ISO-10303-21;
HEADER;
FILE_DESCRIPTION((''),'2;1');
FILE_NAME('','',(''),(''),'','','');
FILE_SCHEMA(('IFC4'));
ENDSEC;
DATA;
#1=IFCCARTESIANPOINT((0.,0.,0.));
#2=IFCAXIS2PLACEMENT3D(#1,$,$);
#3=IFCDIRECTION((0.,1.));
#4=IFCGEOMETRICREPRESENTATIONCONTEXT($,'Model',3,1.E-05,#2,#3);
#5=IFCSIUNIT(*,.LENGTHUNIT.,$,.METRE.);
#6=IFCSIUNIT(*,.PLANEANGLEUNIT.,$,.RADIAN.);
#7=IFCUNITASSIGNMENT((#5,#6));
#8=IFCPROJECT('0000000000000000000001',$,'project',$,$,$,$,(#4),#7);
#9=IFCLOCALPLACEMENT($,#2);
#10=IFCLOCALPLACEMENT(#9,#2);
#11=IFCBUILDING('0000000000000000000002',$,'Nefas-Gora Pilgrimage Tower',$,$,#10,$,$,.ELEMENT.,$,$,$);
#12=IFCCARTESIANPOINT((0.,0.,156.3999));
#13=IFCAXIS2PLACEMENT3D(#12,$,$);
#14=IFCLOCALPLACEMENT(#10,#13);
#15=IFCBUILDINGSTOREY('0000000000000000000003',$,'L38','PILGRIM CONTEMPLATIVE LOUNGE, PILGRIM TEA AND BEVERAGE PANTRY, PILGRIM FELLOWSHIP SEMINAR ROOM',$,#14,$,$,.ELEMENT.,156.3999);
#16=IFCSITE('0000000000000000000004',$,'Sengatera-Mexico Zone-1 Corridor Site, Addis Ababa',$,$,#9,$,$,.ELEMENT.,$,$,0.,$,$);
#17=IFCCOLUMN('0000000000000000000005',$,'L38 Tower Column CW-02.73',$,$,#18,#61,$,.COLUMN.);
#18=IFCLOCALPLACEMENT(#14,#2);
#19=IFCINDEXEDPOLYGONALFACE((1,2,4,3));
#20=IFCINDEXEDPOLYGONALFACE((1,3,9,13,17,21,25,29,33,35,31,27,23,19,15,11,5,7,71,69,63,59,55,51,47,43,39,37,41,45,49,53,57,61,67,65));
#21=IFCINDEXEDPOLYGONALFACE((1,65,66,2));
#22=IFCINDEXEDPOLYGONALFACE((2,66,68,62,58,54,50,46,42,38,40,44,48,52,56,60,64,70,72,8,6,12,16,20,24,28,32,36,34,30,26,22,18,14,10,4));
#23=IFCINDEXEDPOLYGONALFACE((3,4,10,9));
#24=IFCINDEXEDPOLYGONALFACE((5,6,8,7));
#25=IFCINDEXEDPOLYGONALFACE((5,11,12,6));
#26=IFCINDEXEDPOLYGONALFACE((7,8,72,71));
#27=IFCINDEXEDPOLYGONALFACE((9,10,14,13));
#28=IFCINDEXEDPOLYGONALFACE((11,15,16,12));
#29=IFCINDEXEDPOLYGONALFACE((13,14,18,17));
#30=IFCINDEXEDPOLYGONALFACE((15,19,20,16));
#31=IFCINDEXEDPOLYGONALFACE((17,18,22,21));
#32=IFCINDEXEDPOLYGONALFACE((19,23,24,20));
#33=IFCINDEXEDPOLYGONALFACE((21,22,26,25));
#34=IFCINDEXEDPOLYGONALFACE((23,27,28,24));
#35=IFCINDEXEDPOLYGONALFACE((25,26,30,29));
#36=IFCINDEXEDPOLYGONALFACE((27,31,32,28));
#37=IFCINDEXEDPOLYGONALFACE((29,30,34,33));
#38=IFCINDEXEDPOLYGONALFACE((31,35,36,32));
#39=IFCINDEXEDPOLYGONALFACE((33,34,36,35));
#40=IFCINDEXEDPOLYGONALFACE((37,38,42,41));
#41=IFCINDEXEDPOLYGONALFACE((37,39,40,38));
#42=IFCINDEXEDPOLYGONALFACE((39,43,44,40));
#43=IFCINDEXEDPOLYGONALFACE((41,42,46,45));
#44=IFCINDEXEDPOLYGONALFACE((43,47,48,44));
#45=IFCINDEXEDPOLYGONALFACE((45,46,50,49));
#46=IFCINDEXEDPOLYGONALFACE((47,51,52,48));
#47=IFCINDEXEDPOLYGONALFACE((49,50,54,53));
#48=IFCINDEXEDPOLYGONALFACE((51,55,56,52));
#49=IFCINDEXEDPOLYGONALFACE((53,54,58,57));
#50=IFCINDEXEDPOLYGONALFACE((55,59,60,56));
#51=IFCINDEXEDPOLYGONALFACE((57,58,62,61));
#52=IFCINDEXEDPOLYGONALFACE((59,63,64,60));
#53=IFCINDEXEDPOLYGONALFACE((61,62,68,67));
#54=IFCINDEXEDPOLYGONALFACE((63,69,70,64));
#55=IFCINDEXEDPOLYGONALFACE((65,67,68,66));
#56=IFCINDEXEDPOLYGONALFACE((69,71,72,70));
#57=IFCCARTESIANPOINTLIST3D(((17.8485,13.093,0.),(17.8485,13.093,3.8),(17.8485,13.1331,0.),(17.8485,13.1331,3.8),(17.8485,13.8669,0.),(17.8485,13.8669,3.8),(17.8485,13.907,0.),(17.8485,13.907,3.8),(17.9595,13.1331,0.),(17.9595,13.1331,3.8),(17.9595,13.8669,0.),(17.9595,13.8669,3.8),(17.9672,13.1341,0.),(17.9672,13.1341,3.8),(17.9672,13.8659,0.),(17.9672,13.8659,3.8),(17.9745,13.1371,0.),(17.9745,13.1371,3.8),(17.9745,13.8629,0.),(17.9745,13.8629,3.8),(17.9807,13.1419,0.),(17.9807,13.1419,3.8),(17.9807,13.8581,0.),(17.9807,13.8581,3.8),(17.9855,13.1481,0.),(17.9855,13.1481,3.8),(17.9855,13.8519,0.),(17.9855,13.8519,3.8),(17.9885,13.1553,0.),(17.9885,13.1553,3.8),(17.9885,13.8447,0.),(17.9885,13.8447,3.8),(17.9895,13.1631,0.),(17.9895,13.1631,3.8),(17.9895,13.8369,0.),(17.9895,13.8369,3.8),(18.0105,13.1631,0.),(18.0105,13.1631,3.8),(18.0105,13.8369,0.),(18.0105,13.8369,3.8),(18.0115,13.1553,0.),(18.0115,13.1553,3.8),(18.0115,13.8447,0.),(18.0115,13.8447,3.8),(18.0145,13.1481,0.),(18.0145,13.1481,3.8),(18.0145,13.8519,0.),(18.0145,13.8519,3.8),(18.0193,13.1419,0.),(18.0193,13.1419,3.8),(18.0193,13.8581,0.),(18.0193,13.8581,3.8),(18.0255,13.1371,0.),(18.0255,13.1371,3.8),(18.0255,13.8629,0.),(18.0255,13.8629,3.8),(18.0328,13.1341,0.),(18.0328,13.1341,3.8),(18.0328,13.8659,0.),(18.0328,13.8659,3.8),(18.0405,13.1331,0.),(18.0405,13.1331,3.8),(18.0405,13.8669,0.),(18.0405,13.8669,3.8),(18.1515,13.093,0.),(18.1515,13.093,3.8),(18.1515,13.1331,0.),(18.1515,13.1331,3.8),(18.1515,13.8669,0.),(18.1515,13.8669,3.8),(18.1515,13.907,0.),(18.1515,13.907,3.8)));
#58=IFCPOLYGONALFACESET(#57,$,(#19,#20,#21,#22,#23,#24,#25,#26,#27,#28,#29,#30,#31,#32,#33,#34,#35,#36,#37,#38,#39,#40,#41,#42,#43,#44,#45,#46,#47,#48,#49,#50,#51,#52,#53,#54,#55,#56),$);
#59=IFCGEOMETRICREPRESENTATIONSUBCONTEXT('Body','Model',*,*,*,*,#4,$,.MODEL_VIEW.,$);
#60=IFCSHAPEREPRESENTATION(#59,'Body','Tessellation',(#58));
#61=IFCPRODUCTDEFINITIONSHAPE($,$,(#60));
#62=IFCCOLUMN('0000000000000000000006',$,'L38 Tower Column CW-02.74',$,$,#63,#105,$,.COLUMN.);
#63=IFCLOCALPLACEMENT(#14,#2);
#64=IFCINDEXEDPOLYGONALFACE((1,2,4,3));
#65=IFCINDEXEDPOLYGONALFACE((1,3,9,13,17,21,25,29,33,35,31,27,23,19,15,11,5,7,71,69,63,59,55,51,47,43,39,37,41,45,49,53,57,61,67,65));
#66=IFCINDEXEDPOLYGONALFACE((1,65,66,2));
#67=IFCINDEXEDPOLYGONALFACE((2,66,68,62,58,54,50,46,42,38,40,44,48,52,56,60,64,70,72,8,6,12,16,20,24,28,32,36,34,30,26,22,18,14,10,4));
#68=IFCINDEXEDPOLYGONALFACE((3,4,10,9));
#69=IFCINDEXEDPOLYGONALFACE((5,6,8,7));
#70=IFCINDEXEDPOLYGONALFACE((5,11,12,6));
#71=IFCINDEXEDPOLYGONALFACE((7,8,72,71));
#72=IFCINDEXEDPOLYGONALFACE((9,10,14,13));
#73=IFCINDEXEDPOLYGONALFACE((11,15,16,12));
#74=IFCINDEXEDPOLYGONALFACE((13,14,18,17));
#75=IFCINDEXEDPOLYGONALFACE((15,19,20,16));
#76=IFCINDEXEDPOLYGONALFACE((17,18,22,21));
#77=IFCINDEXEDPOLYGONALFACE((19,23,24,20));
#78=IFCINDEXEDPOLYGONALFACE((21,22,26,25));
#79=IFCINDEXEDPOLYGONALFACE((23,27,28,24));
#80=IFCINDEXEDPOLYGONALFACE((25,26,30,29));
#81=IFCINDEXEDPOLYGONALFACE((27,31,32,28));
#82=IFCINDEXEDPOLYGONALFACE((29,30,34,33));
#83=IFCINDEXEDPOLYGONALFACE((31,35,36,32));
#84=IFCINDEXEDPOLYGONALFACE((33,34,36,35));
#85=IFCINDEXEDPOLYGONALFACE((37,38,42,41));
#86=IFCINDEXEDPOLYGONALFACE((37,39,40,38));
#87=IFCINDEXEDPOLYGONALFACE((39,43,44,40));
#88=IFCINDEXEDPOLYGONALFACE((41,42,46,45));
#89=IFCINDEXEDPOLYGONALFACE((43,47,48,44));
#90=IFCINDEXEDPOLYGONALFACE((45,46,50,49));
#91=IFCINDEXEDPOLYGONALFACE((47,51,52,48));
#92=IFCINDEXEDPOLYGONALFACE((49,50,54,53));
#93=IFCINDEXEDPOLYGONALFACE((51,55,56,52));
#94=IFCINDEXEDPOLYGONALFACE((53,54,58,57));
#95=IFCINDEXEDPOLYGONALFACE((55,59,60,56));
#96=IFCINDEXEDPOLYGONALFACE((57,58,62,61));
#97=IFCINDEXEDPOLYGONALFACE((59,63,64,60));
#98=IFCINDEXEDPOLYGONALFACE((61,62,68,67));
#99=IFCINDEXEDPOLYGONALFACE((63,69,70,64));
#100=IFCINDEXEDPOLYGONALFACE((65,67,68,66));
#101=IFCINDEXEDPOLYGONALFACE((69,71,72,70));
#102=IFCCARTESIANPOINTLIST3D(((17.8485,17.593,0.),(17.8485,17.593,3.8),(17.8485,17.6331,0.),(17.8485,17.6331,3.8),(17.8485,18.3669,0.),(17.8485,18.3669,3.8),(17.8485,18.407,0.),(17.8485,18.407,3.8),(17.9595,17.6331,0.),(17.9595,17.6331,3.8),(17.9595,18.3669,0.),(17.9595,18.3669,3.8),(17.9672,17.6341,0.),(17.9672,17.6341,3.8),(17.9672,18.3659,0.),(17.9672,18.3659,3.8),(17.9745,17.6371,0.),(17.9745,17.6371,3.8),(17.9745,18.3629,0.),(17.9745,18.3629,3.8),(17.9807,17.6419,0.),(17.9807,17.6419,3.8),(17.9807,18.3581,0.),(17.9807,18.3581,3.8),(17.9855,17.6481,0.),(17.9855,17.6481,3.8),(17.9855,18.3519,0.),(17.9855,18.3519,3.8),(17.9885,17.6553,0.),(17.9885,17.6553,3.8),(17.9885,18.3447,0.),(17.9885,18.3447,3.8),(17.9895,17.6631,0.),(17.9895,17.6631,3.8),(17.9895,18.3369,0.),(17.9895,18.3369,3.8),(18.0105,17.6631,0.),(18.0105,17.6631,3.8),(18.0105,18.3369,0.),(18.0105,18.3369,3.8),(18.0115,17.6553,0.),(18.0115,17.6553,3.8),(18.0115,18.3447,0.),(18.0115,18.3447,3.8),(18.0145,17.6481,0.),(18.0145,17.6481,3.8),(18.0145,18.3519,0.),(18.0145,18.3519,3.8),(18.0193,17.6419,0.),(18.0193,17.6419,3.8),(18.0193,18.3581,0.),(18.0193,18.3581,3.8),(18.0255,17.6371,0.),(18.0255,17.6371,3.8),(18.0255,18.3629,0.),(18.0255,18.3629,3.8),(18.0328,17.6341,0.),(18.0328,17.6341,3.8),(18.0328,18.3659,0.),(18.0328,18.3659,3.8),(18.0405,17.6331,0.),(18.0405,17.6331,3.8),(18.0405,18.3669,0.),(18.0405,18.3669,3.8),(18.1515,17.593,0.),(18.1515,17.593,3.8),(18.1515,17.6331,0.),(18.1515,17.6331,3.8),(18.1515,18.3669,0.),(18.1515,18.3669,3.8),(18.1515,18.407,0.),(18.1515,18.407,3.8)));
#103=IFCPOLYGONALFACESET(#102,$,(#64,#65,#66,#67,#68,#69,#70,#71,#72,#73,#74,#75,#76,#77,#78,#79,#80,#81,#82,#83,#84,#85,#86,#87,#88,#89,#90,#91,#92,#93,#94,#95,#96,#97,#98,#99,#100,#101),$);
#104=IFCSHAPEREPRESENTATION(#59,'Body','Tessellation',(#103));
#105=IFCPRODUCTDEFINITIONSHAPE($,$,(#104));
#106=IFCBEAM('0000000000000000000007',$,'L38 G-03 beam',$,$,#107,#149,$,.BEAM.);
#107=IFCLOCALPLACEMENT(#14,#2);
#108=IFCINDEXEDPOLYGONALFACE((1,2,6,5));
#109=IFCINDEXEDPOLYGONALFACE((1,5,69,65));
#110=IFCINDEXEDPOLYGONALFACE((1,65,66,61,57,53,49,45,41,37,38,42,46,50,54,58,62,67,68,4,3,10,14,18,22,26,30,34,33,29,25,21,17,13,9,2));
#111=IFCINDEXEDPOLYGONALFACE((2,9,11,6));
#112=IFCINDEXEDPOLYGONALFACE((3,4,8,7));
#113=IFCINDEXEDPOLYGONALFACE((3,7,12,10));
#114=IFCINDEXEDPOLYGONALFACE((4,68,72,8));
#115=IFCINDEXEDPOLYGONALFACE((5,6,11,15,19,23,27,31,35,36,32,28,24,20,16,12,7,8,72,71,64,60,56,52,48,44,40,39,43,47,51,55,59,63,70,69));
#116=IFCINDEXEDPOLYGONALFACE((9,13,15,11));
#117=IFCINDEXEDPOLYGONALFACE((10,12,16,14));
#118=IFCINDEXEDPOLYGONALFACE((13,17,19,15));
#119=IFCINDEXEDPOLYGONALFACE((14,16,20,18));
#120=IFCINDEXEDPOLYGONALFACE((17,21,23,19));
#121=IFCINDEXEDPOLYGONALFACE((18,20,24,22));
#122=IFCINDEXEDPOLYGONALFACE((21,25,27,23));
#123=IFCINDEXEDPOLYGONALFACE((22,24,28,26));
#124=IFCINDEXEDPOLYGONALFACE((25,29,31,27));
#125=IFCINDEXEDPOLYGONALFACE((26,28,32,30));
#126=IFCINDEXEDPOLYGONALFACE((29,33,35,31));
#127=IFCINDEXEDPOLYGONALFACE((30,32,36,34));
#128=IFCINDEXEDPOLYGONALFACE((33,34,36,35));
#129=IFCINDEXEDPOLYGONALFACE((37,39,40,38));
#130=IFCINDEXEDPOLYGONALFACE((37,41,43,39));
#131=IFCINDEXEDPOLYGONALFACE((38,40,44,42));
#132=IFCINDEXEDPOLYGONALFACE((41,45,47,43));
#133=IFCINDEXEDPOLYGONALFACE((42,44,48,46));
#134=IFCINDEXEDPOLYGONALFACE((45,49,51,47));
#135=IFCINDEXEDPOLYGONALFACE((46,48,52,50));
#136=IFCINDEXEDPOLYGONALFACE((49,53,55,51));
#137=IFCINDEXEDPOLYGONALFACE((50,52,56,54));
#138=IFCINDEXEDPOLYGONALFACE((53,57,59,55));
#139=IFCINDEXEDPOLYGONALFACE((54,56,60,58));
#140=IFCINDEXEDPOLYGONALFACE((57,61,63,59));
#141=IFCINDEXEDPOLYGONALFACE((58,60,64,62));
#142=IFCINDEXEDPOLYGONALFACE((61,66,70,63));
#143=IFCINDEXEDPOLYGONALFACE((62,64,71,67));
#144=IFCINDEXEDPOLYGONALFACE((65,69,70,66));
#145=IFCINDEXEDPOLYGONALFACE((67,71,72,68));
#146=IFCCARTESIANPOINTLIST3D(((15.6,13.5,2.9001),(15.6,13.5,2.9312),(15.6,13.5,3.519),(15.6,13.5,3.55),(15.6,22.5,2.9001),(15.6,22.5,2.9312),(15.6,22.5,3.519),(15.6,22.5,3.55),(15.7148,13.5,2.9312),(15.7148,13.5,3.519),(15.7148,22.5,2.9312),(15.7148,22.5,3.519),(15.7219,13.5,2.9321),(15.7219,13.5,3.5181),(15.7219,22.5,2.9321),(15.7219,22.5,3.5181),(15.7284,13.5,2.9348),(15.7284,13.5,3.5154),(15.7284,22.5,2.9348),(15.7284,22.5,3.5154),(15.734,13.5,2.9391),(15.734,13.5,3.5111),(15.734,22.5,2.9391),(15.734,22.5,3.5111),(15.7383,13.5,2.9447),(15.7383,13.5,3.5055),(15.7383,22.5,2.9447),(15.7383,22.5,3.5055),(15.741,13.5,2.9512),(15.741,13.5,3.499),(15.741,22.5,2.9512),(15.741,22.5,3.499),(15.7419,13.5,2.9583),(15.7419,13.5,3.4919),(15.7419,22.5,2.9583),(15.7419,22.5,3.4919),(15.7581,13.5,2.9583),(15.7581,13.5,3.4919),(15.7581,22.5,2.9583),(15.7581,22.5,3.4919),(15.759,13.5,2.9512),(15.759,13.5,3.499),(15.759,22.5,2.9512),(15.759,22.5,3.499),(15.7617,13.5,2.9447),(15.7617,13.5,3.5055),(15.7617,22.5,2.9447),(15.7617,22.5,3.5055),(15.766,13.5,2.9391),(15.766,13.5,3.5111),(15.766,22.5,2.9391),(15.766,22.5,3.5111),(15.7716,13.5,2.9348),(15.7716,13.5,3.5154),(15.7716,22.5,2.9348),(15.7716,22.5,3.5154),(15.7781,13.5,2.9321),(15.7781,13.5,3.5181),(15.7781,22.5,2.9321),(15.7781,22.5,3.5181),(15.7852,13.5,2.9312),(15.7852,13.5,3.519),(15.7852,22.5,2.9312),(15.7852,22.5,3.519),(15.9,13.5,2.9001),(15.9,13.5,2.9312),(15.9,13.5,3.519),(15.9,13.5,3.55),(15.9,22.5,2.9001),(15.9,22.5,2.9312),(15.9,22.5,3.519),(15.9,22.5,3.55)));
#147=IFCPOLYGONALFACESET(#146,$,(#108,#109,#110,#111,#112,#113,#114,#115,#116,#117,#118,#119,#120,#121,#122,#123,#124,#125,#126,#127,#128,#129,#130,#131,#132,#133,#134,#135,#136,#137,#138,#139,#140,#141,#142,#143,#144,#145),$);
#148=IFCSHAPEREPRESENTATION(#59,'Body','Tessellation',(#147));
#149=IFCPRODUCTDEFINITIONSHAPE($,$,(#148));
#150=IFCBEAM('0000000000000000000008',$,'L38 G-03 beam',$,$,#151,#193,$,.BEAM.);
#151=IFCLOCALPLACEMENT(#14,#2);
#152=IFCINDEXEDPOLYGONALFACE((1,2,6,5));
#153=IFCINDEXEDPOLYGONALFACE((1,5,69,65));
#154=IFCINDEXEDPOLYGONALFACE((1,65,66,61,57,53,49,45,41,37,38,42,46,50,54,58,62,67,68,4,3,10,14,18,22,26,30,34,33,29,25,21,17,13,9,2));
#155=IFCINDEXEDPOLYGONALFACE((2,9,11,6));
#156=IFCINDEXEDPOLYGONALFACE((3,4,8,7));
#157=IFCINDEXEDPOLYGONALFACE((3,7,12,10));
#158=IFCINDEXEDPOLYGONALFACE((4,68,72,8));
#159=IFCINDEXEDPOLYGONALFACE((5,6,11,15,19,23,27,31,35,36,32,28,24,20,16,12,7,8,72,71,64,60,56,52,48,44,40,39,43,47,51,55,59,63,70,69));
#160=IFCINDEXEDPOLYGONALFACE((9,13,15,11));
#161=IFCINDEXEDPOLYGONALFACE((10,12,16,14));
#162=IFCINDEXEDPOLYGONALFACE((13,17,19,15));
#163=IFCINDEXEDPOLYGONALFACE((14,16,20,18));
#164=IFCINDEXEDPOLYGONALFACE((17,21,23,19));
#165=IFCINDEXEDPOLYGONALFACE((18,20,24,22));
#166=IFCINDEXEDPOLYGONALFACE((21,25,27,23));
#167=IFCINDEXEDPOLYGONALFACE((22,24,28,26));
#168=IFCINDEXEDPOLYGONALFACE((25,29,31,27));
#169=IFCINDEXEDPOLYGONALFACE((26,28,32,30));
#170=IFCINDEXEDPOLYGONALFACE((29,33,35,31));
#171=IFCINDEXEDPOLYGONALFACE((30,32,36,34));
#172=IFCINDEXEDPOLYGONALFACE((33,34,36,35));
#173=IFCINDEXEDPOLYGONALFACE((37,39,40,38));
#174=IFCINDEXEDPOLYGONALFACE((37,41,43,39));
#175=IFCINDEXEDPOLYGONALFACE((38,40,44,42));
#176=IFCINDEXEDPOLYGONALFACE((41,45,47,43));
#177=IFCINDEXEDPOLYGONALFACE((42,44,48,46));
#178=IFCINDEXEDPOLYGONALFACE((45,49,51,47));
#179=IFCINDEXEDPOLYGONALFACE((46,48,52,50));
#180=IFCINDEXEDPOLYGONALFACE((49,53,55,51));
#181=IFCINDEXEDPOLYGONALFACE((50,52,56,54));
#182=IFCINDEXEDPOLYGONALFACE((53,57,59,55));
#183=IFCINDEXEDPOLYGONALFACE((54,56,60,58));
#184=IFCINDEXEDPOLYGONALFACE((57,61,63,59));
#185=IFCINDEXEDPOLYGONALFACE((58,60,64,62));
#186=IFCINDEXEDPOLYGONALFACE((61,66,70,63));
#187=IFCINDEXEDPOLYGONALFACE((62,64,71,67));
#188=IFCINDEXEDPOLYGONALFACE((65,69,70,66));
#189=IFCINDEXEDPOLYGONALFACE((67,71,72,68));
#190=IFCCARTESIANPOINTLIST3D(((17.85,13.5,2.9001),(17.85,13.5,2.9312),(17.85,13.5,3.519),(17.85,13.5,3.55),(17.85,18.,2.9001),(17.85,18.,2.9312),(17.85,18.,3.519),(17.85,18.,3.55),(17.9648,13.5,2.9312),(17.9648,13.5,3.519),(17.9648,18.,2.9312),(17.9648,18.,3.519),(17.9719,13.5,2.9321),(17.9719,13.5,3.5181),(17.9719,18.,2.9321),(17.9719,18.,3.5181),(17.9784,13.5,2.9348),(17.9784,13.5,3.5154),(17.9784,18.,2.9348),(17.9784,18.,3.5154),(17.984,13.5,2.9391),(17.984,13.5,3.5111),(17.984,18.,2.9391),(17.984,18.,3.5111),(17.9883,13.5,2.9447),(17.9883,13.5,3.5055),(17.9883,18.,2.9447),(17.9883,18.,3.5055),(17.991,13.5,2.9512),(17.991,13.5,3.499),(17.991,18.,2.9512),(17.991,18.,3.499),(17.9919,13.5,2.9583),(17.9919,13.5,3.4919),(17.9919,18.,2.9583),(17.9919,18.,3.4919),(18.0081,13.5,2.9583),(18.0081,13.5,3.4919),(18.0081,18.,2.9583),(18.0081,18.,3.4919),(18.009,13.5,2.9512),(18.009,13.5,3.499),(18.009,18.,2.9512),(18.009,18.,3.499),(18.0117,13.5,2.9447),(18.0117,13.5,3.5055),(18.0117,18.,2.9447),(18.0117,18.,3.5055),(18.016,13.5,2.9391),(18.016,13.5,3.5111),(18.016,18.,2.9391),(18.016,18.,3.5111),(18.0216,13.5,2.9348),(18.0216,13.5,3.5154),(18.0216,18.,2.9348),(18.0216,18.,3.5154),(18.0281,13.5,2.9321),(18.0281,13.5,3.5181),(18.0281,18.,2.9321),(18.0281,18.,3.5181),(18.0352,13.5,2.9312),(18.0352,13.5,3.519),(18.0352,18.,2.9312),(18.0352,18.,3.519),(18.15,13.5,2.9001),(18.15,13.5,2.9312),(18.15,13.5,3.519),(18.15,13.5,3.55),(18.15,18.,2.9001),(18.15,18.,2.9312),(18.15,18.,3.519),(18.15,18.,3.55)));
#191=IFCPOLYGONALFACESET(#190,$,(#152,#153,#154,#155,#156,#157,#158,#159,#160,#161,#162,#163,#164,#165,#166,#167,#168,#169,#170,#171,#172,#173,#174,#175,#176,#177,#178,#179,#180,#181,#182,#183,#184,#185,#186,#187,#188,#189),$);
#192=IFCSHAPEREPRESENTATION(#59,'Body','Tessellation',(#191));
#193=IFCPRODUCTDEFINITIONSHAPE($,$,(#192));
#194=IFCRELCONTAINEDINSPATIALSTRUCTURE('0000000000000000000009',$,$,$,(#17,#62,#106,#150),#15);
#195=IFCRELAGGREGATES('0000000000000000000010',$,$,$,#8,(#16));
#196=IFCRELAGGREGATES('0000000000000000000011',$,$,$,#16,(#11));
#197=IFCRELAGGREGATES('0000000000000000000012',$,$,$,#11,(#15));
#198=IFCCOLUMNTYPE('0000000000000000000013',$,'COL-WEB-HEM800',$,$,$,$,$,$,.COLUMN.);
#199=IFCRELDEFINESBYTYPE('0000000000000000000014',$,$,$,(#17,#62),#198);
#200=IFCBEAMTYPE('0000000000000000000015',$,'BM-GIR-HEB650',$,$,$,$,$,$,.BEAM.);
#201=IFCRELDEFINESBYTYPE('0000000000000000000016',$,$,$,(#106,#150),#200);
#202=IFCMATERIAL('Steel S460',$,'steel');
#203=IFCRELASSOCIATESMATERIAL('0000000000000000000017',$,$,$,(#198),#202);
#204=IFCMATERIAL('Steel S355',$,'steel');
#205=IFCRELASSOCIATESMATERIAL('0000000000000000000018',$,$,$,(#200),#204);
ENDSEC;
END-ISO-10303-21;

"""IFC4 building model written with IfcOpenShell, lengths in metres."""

from ifc_helpers import new_model, si_unit, direction, frame, origin, origin_2d, place, context, subcontext, project, spatial, i_section, extrude, source, transform, mapped, material, material_profile, profile_set, type_object, element, save


model = new_model("IFC4")

# Units and contexts
model_context = context("Model", 3, precision=1e-05, world=origin(), true_north=direction((0.0, 1.0)))
body_context = subcontext(model_context, "Body", "Model", "MODEL_VIEW")
ifc_project = project(units=[si_unit("LENGTHUNIT", "METRE"), si_unit("PLANEANGLEUNIT", "RADIAN")], contexts=[model_context])

# Site, building, storey
site_placement = place(None, origin())
site = spatial("IfcSite", under=ifc_project, at=site_placement, Name="Sengatera-Mexico Zone-1 Corridor Site, Addis Ababa", CompositionType="ELEMENT", RefElevation=0.0)
building_placement = place(site_placement, origin())
building = spatial("IfcBuilding", under=site, at=building_placement, Name="Nefas-Gora Pilgrimage Tower", CompositionType="ELEMENT")
storey_placement = place(building_placement, frame((0.0, 0.0, 156.3999)))
storey = spatial("IfcBuildingStorey", under=building, at=storey_placement, Name="L38", Description="PILGRIM CONTEMPLATIVE LOUNGE, PILGRIM TEA AND BEVERAGE PANTRY, PILGRIM FELLOWSHIP SEMINAR ROOM", CompositionType="ELEMENT", Elevation=156.3999)

# Columns
ifc_material_1 = material(Name="Steel S460", Category="steel")
ifc_material_profile_1 = material_profile(ifc_material_1, i_section(OverallWidth=0.303, OverallDepth=0.814, WebThickness=0.021, FlangeThickness=0.04, FilletRadius=0.03, at=origin_2d()), Name="HEM 800")
ifc_profile_set_1 = profile_set([ifc_material_profile_1], Name="Steel S460")
column_type_1 = type_object("IfcColumnType", Name="COL-WEB-HEM800", PredefinedType="COLUMN", material=ifc_profile_set_1)
shared_shape_1 = source(origin(), body_context, "Body", "SweptSolid", [
    extrude(i_section(OverallWidth=0.303, OverallDepth=0.814, WebThickness=0.021, FlangeThickness=0.04, FilletRadius=0.03, at=origin_2d()), origin(), (0.0, 0.0, 1.0), 3.8),
])
for number, where, z_axis, x_axis, name in (
    (1, (18.0, 13.5, 0.0), (0.0, 0.0, 1.0), (1.0, 0.0, 0.0), "L38 Tower Column CW-02.73"),
    (2, (18.0, 18.0, 0.0), (0.0, 0.0, 1.0), (1.0, 0.0, 0.0), "L38 Tower Column CW-02.74"),
):
    element("IfcColumn", number, at=place(storey_placement, frame(where, z_axis=z_axis, x_axis=x_axis)), inside=storey, type_object=column_type_1, Name=name, PredefinedType="COLUMN", context=body_context, shape_type="MappedRepresentation", body=[
        mapped(shared_shape_1, transform((0.0, 0.0, 0.0), x_axis=(1.0, 0.0, 0.0), y_axis=(0.0, 1.0, 0.0), z_axis=(0.0, 0.0, 1.0), scale=1.0)),
    ])

# Beams
ifc_material_2 = material(Name="Steel S355", Category="steel")
ifc_material_profile_2 = material_profile(ifc_material_2, i_section(OverallWidth=0.3, OverallDepth=0.6499, WebThickness=0.0161, FlangeThickness=0.031, FilletRadius=0.0271, at=origin_2d()), Name="HEB 650")
ifc_profile_set_2 = profile_set([ifc_material_profile_2], Name="Steel S355")
beam_type_1 = type_object("IfcBeamType", Name="BM-GIR-HEB650", PredefinedType="BEAM", material=ifc_profile_set_2)
shared_shape_2 = source(origin(), body_context, "Body", "SweptSolid", [
    extrude(i_section(OverallWidth=0.3, OverallDepth=0.6499, WebThickness=0.0161, FlangeThickness=0.031, FilletRadius=0.0271, at=origin_2d()), origin(), (0.0, 0.0, 1.0), 9.0),
])
beam_1_placement = place(storey_placement, frame((15.75, 13.5, 3.2251), z_axis=(0.0, 1.0, 0.0), x_axis=(-1.0, 0.0, 0.0)))
element("IfcBeam", 3, at=beam_1_placement, inside=storey, type_object=beam_type_1, Name="L38 G-03 beam", PredefinedType="BEAM", context=body_context, shape_type="MappedRepresentation", body=[
    mapped(shared_shape_2, transform((0.0, 0.0, 0.0), x_axis=(1.0, 0.0, 0.0), y_axis=(0.0, 1.0, 0.0), z_axis=(0.0, 0.0, 1.0), scale=1.0)),
])
shared_shape_3 = source(origin(), body_context, "Body", "SweptSolid", [
    extrude(i_section(OverallWidth=0.3, OverallDepth=0.6499, WebThickness=0.0161, FlangeThickness=0.031, FilletRadius=0.0271, at=origin_2d()), origin(), (0.0, 0.0, 1.0), 4.5),
])
for number, where, z_axis, x_axis, name in (
    (4, (18.0, 13.5, 3.2251), (0.0, 1.0, 0.0), (-1.0, 0.0, 0.0), "L38 G-03 beam"),
):
    element("IfcBeam", number, at=place(storey_placement, frame(where, z_axis=z_axis, x_axis=x_axis)), inside=storey, type_object=beam_type_1, Name=name, PredefinedType="BEAM", context=body_context, shape_type="MappedRepresentation", body=[
        mapped(shared_shape_3, transform((0.0, 0.0, 0.0), x_axis=(1.0, 0.0, 0.0), y_axis=(0.0, 1.0, 0.0), z_axis=(0.0, 0.0, 1.0), scale=1.0)),
    ])

save(model, "model.ifc")
